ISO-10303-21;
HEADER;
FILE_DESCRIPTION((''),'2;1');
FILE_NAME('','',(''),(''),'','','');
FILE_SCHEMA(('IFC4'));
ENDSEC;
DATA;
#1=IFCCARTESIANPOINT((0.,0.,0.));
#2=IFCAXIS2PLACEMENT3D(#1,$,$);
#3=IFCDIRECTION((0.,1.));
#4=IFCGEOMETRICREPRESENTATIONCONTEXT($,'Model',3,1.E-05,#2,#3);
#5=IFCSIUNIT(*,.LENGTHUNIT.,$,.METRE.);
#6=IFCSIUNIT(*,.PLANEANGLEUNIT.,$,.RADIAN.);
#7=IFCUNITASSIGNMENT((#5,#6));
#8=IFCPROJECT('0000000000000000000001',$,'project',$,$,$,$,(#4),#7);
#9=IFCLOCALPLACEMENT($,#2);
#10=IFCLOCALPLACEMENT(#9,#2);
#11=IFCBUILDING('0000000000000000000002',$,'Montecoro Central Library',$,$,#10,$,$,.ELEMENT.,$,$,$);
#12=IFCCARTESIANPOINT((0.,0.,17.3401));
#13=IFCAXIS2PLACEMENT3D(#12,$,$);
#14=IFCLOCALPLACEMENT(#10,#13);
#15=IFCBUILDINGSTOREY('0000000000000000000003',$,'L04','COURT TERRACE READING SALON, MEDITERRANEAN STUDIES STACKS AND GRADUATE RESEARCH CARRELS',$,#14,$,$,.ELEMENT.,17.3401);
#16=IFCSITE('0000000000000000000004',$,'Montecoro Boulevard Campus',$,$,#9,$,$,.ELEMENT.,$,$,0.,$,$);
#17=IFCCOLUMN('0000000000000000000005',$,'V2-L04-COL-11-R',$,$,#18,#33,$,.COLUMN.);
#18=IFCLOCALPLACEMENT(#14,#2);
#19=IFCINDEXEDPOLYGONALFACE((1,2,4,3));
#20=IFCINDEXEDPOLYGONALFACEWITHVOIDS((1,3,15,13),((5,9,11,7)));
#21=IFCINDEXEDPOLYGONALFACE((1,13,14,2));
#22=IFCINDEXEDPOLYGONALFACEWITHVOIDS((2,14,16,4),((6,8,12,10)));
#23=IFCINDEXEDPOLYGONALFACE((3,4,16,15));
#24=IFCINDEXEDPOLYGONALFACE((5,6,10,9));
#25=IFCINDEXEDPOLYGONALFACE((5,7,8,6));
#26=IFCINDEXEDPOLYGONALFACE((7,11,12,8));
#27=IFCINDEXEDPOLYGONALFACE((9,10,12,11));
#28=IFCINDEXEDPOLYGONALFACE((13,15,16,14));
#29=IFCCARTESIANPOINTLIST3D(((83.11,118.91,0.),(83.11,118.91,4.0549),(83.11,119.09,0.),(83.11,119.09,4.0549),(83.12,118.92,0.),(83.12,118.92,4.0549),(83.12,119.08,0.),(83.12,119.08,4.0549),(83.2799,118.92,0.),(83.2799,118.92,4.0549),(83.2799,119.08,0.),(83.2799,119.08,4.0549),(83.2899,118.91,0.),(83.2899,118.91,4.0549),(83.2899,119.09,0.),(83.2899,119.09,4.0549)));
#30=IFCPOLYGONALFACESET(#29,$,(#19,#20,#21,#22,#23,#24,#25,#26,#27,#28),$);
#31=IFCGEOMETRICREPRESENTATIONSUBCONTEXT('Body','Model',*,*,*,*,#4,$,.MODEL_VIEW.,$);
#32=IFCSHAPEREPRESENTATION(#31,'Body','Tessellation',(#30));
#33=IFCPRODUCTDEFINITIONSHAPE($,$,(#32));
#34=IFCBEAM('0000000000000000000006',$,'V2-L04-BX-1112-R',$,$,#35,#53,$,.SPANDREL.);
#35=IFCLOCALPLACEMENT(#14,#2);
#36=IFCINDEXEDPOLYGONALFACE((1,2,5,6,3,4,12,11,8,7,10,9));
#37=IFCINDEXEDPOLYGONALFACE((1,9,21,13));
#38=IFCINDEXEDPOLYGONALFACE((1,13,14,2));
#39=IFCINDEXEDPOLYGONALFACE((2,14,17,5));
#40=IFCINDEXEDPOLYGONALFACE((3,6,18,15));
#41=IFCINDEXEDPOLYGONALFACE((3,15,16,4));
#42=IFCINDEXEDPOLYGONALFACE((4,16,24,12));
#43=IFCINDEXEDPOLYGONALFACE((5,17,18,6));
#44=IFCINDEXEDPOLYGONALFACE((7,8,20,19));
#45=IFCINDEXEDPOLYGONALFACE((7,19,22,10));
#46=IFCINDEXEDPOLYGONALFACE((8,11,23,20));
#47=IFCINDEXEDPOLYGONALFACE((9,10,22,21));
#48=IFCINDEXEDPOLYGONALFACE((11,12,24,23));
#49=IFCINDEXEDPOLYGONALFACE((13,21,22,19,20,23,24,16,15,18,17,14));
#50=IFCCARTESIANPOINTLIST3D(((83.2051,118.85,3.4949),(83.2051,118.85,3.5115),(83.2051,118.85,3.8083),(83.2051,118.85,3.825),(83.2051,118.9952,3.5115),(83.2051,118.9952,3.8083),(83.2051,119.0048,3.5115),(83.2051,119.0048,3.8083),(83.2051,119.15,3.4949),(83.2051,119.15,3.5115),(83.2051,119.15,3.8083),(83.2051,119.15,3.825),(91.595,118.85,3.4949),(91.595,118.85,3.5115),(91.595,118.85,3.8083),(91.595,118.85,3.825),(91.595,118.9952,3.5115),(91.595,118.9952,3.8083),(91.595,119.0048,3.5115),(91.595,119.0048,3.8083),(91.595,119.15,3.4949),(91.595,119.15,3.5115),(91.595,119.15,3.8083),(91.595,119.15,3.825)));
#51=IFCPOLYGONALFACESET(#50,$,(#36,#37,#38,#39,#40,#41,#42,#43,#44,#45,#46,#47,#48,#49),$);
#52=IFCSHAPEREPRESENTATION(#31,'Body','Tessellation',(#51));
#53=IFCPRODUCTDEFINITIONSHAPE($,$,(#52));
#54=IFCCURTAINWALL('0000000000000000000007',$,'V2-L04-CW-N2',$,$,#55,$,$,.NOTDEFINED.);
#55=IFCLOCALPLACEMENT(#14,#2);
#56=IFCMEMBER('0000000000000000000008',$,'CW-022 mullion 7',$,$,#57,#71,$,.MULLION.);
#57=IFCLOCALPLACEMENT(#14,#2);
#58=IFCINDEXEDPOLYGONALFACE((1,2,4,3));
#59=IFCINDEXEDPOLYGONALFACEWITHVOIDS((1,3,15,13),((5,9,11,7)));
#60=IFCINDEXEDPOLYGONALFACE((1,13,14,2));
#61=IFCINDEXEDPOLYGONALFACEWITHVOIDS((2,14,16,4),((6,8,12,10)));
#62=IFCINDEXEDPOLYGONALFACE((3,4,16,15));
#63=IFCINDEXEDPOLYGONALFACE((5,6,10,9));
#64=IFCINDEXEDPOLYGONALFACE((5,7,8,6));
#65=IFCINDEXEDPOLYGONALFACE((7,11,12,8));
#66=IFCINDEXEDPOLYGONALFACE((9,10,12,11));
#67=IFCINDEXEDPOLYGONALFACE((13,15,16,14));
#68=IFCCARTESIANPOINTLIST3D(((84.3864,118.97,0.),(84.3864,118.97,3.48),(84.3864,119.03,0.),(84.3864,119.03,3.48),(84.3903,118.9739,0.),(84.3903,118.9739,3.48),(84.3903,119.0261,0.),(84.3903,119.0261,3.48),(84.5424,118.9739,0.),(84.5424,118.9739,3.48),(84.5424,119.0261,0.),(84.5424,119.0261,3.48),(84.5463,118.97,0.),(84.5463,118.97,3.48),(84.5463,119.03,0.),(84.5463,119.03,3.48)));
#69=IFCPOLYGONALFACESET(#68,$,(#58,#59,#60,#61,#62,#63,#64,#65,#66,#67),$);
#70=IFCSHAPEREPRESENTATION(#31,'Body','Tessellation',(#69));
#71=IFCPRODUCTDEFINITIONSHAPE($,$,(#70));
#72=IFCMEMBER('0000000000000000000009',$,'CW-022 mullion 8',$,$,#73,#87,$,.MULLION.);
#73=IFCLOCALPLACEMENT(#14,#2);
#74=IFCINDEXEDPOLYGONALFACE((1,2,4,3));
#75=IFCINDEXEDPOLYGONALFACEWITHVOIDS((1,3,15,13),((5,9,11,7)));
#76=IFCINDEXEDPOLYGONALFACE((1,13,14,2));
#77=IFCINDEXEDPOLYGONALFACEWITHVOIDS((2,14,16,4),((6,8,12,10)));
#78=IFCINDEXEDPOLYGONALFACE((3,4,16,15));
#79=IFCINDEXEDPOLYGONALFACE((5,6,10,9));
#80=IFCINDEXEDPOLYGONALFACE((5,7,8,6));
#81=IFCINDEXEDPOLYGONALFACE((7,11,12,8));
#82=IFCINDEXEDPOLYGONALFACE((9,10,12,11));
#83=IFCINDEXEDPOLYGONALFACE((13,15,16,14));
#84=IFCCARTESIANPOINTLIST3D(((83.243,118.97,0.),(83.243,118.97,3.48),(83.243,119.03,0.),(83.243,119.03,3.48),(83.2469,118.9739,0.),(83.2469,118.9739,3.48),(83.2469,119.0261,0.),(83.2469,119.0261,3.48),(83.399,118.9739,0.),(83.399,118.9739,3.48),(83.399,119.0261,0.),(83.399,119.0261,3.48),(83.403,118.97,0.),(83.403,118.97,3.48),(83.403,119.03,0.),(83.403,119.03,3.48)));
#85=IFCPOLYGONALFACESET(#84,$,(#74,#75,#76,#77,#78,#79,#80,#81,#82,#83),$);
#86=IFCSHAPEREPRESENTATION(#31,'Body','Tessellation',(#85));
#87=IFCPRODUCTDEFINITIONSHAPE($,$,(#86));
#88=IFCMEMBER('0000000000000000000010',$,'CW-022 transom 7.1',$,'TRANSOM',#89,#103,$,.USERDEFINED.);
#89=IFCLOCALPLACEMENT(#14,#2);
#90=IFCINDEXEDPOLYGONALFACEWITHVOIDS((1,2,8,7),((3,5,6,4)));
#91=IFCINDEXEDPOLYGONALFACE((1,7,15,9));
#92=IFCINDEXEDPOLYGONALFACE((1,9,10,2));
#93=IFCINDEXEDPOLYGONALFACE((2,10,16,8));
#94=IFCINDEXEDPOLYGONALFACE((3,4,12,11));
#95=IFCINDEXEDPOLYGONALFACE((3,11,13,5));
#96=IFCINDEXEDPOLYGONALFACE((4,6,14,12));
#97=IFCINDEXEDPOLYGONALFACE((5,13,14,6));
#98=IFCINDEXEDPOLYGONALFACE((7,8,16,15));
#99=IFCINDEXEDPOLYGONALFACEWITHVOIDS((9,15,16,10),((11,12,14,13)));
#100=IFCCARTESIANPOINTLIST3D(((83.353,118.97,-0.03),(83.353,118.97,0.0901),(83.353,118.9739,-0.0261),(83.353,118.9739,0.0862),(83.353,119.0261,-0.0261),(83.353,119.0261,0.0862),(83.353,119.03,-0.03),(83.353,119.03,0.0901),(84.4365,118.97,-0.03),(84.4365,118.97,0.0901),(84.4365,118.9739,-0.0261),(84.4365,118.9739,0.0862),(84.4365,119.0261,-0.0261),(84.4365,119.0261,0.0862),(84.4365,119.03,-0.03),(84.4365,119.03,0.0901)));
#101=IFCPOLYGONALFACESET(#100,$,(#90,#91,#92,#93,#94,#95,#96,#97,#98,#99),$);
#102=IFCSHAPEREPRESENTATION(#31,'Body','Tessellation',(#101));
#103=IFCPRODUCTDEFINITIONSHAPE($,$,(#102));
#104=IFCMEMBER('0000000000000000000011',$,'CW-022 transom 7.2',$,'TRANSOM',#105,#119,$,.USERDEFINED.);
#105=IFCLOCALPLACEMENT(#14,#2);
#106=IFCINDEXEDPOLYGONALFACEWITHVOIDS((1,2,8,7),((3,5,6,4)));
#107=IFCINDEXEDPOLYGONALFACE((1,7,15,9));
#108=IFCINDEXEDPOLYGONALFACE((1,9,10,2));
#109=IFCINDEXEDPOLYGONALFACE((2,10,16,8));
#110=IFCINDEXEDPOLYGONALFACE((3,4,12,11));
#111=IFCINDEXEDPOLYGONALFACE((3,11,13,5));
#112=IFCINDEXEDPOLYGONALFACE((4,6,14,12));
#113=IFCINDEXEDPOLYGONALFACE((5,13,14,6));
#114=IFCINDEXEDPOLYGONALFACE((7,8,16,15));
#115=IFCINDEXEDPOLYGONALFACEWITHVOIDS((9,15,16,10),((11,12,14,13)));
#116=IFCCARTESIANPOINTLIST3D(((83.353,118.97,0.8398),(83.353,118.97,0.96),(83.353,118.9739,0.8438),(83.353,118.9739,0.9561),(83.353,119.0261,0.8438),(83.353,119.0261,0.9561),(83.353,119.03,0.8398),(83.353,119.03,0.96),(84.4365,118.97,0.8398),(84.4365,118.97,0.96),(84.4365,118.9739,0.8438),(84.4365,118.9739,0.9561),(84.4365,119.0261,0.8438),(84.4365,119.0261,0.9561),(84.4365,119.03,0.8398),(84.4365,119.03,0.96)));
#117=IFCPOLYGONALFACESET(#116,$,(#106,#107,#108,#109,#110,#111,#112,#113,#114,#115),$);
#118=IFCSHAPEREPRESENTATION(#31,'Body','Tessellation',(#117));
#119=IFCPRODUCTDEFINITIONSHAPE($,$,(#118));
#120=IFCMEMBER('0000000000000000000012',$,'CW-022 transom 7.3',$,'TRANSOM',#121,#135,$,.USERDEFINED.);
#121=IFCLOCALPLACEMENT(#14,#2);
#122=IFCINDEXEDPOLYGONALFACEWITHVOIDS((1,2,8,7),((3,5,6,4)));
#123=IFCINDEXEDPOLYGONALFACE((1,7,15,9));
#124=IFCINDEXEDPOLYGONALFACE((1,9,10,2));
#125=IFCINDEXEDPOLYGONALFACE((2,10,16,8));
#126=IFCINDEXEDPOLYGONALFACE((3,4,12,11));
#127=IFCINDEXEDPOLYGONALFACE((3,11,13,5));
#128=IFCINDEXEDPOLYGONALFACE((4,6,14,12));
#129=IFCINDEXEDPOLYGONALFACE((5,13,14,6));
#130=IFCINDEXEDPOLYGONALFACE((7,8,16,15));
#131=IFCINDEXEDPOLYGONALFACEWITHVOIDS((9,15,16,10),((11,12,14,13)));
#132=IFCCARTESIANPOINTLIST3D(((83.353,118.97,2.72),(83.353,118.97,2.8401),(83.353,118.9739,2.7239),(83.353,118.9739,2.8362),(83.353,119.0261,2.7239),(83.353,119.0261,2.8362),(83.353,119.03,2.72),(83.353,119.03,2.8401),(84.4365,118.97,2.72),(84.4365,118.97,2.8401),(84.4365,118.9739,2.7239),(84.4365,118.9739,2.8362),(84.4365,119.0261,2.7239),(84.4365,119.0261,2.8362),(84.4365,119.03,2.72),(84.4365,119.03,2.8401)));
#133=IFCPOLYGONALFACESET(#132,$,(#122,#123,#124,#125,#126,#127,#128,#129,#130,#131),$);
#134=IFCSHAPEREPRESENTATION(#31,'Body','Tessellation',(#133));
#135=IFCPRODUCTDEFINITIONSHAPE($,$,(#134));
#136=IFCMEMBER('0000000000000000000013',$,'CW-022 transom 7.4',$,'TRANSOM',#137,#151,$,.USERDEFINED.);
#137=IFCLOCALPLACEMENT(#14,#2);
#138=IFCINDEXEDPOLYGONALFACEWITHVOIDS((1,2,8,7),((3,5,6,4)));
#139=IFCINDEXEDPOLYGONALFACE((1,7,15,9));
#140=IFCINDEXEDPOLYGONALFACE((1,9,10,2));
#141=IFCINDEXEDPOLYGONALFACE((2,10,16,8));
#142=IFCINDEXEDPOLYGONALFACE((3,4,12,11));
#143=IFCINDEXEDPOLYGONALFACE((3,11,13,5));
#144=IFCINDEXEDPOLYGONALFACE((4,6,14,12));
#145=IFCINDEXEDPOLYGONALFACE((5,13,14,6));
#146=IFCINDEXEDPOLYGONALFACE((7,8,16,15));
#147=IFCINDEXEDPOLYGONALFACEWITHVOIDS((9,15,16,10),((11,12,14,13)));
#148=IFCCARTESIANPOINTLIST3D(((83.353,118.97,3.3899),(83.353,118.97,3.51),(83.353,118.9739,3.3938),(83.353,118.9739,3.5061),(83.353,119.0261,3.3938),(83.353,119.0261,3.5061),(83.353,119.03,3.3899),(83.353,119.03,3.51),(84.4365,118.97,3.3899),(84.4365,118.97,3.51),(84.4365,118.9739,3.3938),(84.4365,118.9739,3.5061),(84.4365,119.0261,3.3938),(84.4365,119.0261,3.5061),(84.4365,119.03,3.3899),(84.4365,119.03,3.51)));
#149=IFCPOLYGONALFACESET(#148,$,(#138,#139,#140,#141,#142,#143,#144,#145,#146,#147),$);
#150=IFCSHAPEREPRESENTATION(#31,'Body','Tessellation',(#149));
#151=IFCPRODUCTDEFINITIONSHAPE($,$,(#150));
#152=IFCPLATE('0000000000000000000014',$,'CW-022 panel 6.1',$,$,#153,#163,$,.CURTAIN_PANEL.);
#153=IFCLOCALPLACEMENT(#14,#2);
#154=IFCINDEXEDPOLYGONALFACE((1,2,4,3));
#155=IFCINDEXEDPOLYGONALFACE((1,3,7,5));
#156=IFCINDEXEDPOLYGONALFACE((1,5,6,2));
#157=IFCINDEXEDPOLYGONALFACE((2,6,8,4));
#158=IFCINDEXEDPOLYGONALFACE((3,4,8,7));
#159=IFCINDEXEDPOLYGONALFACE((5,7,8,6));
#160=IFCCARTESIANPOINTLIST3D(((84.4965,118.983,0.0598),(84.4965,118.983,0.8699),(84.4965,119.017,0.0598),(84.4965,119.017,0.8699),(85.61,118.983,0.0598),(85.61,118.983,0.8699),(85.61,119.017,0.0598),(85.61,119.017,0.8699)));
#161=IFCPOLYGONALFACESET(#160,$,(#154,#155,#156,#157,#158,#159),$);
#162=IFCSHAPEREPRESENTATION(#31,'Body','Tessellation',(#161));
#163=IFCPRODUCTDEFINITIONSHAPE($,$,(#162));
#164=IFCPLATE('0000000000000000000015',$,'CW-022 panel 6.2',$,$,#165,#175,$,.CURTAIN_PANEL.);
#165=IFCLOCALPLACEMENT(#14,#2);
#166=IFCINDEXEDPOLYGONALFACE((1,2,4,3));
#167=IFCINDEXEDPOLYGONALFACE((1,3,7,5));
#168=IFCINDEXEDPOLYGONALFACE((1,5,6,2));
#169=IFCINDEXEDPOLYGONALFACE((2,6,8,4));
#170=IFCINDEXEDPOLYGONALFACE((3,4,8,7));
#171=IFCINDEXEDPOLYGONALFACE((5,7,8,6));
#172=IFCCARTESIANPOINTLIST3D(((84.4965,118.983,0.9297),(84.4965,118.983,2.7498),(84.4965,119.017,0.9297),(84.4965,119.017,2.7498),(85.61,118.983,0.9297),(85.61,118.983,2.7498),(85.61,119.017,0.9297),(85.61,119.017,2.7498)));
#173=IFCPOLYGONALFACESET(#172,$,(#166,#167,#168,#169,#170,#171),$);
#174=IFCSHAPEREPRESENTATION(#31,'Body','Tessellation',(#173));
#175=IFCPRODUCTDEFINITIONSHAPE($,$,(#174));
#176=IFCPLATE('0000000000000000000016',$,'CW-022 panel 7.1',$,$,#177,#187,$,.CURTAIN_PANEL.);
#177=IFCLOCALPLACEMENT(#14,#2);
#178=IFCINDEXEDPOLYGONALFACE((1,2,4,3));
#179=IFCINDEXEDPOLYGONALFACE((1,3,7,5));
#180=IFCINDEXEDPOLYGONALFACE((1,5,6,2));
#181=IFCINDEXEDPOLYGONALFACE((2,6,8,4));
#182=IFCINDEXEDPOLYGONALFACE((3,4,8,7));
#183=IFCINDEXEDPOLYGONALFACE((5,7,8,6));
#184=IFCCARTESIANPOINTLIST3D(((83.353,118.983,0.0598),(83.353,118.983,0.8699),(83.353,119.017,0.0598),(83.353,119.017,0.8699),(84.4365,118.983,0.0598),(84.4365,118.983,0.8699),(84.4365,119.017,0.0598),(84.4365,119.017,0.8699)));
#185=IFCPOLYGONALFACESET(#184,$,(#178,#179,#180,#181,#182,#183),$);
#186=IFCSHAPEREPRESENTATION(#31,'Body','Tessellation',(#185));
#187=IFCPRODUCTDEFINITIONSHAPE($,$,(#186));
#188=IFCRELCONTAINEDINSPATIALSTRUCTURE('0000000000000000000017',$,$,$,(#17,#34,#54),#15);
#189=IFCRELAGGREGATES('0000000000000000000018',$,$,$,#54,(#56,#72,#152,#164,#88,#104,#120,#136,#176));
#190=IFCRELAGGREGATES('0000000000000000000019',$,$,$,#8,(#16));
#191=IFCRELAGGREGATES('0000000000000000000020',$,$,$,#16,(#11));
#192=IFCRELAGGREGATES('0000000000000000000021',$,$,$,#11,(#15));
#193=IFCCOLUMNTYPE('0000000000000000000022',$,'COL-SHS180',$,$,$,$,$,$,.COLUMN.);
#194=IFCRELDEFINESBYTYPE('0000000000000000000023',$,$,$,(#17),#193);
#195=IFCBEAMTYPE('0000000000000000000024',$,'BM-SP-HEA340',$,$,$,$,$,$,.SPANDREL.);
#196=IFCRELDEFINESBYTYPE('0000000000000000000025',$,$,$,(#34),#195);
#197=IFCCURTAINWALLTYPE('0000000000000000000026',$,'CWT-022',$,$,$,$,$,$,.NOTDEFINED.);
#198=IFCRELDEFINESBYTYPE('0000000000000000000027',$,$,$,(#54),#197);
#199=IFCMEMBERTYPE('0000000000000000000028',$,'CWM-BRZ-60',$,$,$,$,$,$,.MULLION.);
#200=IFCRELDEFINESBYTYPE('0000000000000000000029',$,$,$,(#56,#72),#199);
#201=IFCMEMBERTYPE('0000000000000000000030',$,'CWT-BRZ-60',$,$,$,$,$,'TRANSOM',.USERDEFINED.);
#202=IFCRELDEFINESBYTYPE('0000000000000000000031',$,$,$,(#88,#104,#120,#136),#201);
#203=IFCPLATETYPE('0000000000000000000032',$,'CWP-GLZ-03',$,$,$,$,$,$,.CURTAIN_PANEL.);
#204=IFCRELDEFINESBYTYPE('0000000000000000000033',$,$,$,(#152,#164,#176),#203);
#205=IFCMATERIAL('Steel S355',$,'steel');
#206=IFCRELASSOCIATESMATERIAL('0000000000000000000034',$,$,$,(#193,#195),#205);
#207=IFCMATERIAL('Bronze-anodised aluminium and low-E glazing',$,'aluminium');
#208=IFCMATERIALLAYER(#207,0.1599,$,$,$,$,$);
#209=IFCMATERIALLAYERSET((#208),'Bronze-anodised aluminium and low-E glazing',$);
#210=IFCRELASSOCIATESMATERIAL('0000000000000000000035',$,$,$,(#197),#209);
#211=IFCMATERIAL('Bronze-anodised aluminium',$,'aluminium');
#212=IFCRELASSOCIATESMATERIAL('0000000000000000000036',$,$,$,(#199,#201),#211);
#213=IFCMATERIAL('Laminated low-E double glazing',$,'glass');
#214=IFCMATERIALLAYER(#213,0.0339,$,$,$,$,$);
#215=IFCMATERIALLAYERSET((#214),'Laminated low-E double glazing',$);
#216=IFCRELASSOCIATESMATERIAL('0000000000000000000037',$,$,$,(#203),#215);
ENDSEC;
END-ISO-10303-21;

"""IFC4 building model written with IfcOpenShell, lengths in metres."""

from ifc_helpers import new_model, si_unit, direction, frame, origin, origin_2d, place, context, subcontext, project, spatial, rectangle, hollow_rectangle, i_section, extrude, material, layer, layer_set, material_profile, profile_set, type_object, element, aggregate, save


model = new_model("IFC4")

# Units and contexts
model_context = context("Model", 3, precision=1e-05, world=origin(), true_north=direction((0.0, 1.0)))
body_context = subcontext(model_context, "Body", "Model", "MODEL_VIEW")
ifc_project = project(units=[si_unit("LENGTHUNIT", "METRE"), si_unit("PLANEANGLEUNIT", "RADIAN")], contexts=[model_context])

# Site, building, storey
site_placement = place(None, origin())
site = spatial("IfcSite", under=ifc_project, at=site_placement, Name="Montecoro Boulevard Campus", CompositionType="ELEMENT", RefElevation=0.0)
building_placement = place(site_placement, origin())
building = spatial("IfcBuilding", under=site, at=building_placement, Name="Montecoro Central Library", CompositionType="ELEMENT")
storey_placement = place(building_placement, frame((0.0, 0.0, 17.3401)))
storey = spatial("IfcBuildingStorey", under=building, at=storey_placement, Name="L04", Description="COURT TERRACE READING SALON, MEDITERRANEAN STUDIES STACKS AND GRADUATE RESEARCH CARRELS", CompositionType="ELEMENT", Elevation=17.3401)

# Column
ifc_material_1 = material(Name="Steel S355", Category="steel")
ifc_material_profile_1 = material_profile(ifc_material_1, hollow_rectangle(XDim=0.1799, YDim=0.1799, WallThickness=0.01, at=origin_2d()), Name="SHS 180x180x10.0")
ifc_profile_set_1 = profile_set([ifc_material_profile_1], Name="Steel S355")
column_type = type_object("IfcColumnType", Name="COL-SHS180", PredefinedType="COLUMN", material=ifc_profile_set_1)
column_placement = place(storey_placement, frame((83.2, 119.0, 0.0), z_axis=(0.0, 0.0, 1.0), x_axis=(1.0, 0.0, 0.0)))
element("IfcColumn", 1, at=column_placement, inside=storey, type_object=column_type, Name="V2-L04-COL-11-R", PredefinedType="COLUMN", context=body_context, shape_type="SweptSolid", body=[
    extrude(hollow_rectangle(XDim=0.1799, YDim=0.1799, WallThickness=0.01, at=origin_2d()), origin(), (0.0, 0.0, 1.0), 4.0549),
])

# Beam
ifc_material_profile_2 = material_profile(ifc_material_1, i_section(OverallWidth=0.3, OverallDepth=0.3301, WebThickness=0.0095, FlangeThickness=0.0166, at=origin_2d()), Name="HEA 340")
ifc_profile_set_2 = profile_set([ifc_material_profile_2], Name="Steel S355")
beam_type = type_object("IfcBeamType", Name="BM-SP-HEA340", PredefinedType="SPANDREL", material=ifc_profile_set_2)
beam_placement = place(storey_placement, frame((83.2051, 119.0, 3.6599), z_axis=(1.0, 0.0, 0.0), x_axis=(0.0, 1.0, 0.0)))
element("IfcBeam", 2, at=beam_placement, inside=storey, type_object=beam_type, Name="V2-L04-BX-1112-R", PredefinedType="SPANDREL", context=body_context, shape_type="SweptSolid", body=[
    extrude(i_section(OverallWidth=0.3, OverallDepth=0.3301, WebThickness=0.0095, FlangeThickness=0.0166, at=origin_2d()), origin(), (0.0, 0.0, 1.0), 8.3899),
])

# Curtain wall, members, plates
ifc_material_2 = material(Name="Bronze-anodised aluminium and low-E glazing", Category="aluminium")
ifc_layer_1 = layer(ifc_material_2, 0.1599)
ifc_layer_set_1 = layer_set([ifc_layer_1], Name="Bronze-anodised aluminium and low-E glazing")
curtain_wall_type = type_object("IfcCurtainWallType", Name="CWT-022", PredefinedType="NOTDEFINED", material=ifc_layer_set_1)
curtain_wall_placement = place(storey_placement, origin())
curtain_wall = element("IfcCurtainWall", 3, at=curtain_wall_placement, inside=storey, type_object=curtain_wall_type, Name="V2-L04-CW-N2", PredefinedType="NOTDEFINED")
ifc_material_3 = material(Name="Bronze-anodised aluminium", Category="aluminium")
ifc_material_profile_3 = material_profile(ifc_material_3, hollow_rectangle(XDim=0.0601, YDim=0.1599, WallThickness=0.0039, at=origin_2d()), Name="CWM 160x60x4.0")
ifc_profile_set_3 = profile_set([ifc_material_profile_3], Name="Bronze-anodised aluminium")
member_type_1 = type_object("IfcMemberType", Name="CWM-BRZ-60", PredefinedType="MULLION", material=ifc_profile_set_3)
member_1_placement = place(storey_placement, frame((84.4663, 119.0, 0.0), z_axis=(0.0, 0.0, 1.0), x_axis=(0.0, -1.0, 0.0)))
member_1 = element("IfcMember", 4, at=member_1_placement, type_object=member_type_1, Name="CW-022 mullion 7", PredefinedType="MULLION", context=body_context, shape_type="SweptSolid", body=[
    extrude(hollow_rectangle(XDim=0.0601, YDim=0.1599, WallThickness=0.0039, at=origin_2d()), origin(), (0.0, 0.0, 1.0), 3.48),
])
member_2_placement = place(storey_placement, frame((83.323, 119.0, 0.0), z_axis=(0.0, 0.0, 1.0), x_axis=(0.0, -1.0, 0.0)))
member_2 = element("IfcMember", 5, at=member_2_placement, type_object=member_type_1, Name="CW-022 mullion 8", PredefinedType="MULLION", context=body_context, shape_type="SweptSolid", body=[
    extrude(hollow_rectangle(XDim=0.0601, YDim=0.1599, WallThickness=0.0039, at=origin_2d()), origin(), (0.0, 0.0, 1.0), 3.48),
])
ifc_material_profile_4 = material_profile(ifc_material_3, hollow_rectangle(XDim=0.0601, YDim=0.1201, WallThickness=0.0039, at=origin_2d()), Name="CWT 120x60x4.0")
ifc_profile_set_4 = profile_set([ifc_material_profile_4], Name="Bronze-anodised aluminium")
member_type_2 = type_object("IfcMemberType", Name="CWT-BRZ-60", ElementType="TRANSOM", PredefinedType="USERDEFINED", material=ifc_profile_set_4)
member_3_placement = place(storey_placement, frame((84.4365, 119.0, 0.03), z_axis=(-1.0, 0.0, 0.0), x_axis=(0.0, -1.0, 0.0)))
member_3 = element("IfcMember", 6, at=member_3_placement, type_object=member_type_2, Name="CW-022 transom 7.1", ObjectType="TRANSOM", PredefinedType="USERDEFINED", context=body_context, shape_type="SweptSolid", body=[
    extrude(hollow_rectangle(XDim=0.0601, YDim=0.1201, WallThickness=0.0039, at=origin_2d()), origin(), (0.0, 0.0, 1.0), 1.0835),
])
member_4_placement = place(storey_placement, frame((84.4365, 119.0, 0.8999), z_axis=(-1.0, 0.0, 0.0), x_axis=(0.0, -1.0, 0.0)))
member_4 = element("IfcMember", 7, at=member_4_placement, type_object=member_type_2, Name="CW-022 transom 7.2", ObjectType="TRANSOM", PredefinedType="USERDEFINED", context=body_context, shape_type="SweptSolid", body=[
    extrude(hollow_rectangle(XDim=0.0601, YDim=0.1201, WallThickness=0.0039, at=origin_2d()), origin(), (0.0, 0.0, 1.0), 1.0835),
])
member_5_placement = place(storey_placement, frame((84.4365, 119.0, 2.78), z_axis=(-1.0, 0.0, 0.0), x_axis=(0.0, -1.0, 0.0)))
member_5 = element("IfcMember", 8, at=member_5_placement, type_object=member_type_2, Name="CW-022 transom 7.3", ObjectType="TRANSOM", PredefinedType="USERDEFINED", context=body_context, shape_type="SweptSolid", body=[
    extrude(hollow_rectangle(XDim=0.0601, YDim=0.1201, WallThickness=0.0039, at=origin_2d()), origin(), (0.0, 0.0, 1.0), 1.0835),
])
member_6_placement = place(storey_placement, frame((84.4365, 119.0, 3.45), z_axis=(-1.0, 0.0, 0.0), x_axis=(0.0, -1.0, 0.0)))
member_6 = element("IfcMember", 9, at=member_6_placement, type_object=member_type_2, Name="CW-022 transom 7.4", ObjectType="TRANSOM", PredefinedType="USERDEFINED", context=body_context, shape_type="SweptSolid", body=[
    extrude(hollow_rectangle(XDim=0.0601, YDim=0.1201, WallThickness=0.0039, at=origin_2d()), origin(), (0.0, 0.0, 1.0), 1.0835),
])
ifc_material_4 = material(Name="Laminated low-E double glazing", Category="glass")
ifc_layer_2 = layer(ifc_material_4, 0.0339)
ifc_layer_set_2 = layer_set([ifc_layer_2], Name="Laminated low-E double glazing")
plate_type = type_object("IfcPlateType", Name="CWP-GLZ-03", PredefinedType="CURTAIN_PANEL", material=ifc_layer_set_2)
plate_1_placement = place(storey_placement, frame((85.0532, 119.0, 0.0598), z_axis=(0.0, 0.0, 1.0), x_axis=(-1.0, 0.0, 0.0)))
plate_1 = element("IfcPlate", 10, at=plate_1_placement, type_object=plate_type, Name="CW-022 panel 6.1", PredefinedType="CURTAIN_PANEL", context=body_context, shape_type="SweptSolid", body=[
    extrude(rectangle(XDim=1.1135, YDim=0.0339, at=origin_2d()), origin(), (0.0, 0.0, 1.0), 0.8101),
])
plate_2_placement = place(storey_placement, frame((85.0532, 119.0, 0.9297), z_axis=(0.0, 0.0, 1.0), x_axis=(-1.0, 0.0, 0.0)))
plate_2 = element("IfcPlate", 11, at=plate_2_placement, type_object=plate_type, Name="CW-022 panel 6.2", PredefinedType="CURTAIN_PANEL", context=body_context, shape_type="SweptSolid", body=[
    extrude(rectangle(XDim=1.1135, YDim=0.0339, at=origin_2d()), origin(), (0.0, 0.0, 1.0), 1.8201),
])
plate_3_placement = place(storey_placement, frame((83.8948, 119.0, 0.0598), z_axis=(0.0, 0.0, 1.0), x_axis=(-1.0, 0.0, 0.0)))
plate_3 = element("IfcPlate", 12, at=plate_3_placement, type_object=plate_type, Name="CW-022 panel 7.1", PredefinedType="CURTAIN_PANEL", context=body_context, shape_type="SweptSolid", body=[
    extrude(rectangle(XDim=1.0835, YDim=0.0339, at=origin_2d()), origin(), (0.0, 0.0, 1.0), 0.8101),
])
aggregate(curtain_wall, [member_1, member_2, plate_1, plate_2, member_3, member_4, member_5, member_6, plate_3])

save(model, "model.ifc")
